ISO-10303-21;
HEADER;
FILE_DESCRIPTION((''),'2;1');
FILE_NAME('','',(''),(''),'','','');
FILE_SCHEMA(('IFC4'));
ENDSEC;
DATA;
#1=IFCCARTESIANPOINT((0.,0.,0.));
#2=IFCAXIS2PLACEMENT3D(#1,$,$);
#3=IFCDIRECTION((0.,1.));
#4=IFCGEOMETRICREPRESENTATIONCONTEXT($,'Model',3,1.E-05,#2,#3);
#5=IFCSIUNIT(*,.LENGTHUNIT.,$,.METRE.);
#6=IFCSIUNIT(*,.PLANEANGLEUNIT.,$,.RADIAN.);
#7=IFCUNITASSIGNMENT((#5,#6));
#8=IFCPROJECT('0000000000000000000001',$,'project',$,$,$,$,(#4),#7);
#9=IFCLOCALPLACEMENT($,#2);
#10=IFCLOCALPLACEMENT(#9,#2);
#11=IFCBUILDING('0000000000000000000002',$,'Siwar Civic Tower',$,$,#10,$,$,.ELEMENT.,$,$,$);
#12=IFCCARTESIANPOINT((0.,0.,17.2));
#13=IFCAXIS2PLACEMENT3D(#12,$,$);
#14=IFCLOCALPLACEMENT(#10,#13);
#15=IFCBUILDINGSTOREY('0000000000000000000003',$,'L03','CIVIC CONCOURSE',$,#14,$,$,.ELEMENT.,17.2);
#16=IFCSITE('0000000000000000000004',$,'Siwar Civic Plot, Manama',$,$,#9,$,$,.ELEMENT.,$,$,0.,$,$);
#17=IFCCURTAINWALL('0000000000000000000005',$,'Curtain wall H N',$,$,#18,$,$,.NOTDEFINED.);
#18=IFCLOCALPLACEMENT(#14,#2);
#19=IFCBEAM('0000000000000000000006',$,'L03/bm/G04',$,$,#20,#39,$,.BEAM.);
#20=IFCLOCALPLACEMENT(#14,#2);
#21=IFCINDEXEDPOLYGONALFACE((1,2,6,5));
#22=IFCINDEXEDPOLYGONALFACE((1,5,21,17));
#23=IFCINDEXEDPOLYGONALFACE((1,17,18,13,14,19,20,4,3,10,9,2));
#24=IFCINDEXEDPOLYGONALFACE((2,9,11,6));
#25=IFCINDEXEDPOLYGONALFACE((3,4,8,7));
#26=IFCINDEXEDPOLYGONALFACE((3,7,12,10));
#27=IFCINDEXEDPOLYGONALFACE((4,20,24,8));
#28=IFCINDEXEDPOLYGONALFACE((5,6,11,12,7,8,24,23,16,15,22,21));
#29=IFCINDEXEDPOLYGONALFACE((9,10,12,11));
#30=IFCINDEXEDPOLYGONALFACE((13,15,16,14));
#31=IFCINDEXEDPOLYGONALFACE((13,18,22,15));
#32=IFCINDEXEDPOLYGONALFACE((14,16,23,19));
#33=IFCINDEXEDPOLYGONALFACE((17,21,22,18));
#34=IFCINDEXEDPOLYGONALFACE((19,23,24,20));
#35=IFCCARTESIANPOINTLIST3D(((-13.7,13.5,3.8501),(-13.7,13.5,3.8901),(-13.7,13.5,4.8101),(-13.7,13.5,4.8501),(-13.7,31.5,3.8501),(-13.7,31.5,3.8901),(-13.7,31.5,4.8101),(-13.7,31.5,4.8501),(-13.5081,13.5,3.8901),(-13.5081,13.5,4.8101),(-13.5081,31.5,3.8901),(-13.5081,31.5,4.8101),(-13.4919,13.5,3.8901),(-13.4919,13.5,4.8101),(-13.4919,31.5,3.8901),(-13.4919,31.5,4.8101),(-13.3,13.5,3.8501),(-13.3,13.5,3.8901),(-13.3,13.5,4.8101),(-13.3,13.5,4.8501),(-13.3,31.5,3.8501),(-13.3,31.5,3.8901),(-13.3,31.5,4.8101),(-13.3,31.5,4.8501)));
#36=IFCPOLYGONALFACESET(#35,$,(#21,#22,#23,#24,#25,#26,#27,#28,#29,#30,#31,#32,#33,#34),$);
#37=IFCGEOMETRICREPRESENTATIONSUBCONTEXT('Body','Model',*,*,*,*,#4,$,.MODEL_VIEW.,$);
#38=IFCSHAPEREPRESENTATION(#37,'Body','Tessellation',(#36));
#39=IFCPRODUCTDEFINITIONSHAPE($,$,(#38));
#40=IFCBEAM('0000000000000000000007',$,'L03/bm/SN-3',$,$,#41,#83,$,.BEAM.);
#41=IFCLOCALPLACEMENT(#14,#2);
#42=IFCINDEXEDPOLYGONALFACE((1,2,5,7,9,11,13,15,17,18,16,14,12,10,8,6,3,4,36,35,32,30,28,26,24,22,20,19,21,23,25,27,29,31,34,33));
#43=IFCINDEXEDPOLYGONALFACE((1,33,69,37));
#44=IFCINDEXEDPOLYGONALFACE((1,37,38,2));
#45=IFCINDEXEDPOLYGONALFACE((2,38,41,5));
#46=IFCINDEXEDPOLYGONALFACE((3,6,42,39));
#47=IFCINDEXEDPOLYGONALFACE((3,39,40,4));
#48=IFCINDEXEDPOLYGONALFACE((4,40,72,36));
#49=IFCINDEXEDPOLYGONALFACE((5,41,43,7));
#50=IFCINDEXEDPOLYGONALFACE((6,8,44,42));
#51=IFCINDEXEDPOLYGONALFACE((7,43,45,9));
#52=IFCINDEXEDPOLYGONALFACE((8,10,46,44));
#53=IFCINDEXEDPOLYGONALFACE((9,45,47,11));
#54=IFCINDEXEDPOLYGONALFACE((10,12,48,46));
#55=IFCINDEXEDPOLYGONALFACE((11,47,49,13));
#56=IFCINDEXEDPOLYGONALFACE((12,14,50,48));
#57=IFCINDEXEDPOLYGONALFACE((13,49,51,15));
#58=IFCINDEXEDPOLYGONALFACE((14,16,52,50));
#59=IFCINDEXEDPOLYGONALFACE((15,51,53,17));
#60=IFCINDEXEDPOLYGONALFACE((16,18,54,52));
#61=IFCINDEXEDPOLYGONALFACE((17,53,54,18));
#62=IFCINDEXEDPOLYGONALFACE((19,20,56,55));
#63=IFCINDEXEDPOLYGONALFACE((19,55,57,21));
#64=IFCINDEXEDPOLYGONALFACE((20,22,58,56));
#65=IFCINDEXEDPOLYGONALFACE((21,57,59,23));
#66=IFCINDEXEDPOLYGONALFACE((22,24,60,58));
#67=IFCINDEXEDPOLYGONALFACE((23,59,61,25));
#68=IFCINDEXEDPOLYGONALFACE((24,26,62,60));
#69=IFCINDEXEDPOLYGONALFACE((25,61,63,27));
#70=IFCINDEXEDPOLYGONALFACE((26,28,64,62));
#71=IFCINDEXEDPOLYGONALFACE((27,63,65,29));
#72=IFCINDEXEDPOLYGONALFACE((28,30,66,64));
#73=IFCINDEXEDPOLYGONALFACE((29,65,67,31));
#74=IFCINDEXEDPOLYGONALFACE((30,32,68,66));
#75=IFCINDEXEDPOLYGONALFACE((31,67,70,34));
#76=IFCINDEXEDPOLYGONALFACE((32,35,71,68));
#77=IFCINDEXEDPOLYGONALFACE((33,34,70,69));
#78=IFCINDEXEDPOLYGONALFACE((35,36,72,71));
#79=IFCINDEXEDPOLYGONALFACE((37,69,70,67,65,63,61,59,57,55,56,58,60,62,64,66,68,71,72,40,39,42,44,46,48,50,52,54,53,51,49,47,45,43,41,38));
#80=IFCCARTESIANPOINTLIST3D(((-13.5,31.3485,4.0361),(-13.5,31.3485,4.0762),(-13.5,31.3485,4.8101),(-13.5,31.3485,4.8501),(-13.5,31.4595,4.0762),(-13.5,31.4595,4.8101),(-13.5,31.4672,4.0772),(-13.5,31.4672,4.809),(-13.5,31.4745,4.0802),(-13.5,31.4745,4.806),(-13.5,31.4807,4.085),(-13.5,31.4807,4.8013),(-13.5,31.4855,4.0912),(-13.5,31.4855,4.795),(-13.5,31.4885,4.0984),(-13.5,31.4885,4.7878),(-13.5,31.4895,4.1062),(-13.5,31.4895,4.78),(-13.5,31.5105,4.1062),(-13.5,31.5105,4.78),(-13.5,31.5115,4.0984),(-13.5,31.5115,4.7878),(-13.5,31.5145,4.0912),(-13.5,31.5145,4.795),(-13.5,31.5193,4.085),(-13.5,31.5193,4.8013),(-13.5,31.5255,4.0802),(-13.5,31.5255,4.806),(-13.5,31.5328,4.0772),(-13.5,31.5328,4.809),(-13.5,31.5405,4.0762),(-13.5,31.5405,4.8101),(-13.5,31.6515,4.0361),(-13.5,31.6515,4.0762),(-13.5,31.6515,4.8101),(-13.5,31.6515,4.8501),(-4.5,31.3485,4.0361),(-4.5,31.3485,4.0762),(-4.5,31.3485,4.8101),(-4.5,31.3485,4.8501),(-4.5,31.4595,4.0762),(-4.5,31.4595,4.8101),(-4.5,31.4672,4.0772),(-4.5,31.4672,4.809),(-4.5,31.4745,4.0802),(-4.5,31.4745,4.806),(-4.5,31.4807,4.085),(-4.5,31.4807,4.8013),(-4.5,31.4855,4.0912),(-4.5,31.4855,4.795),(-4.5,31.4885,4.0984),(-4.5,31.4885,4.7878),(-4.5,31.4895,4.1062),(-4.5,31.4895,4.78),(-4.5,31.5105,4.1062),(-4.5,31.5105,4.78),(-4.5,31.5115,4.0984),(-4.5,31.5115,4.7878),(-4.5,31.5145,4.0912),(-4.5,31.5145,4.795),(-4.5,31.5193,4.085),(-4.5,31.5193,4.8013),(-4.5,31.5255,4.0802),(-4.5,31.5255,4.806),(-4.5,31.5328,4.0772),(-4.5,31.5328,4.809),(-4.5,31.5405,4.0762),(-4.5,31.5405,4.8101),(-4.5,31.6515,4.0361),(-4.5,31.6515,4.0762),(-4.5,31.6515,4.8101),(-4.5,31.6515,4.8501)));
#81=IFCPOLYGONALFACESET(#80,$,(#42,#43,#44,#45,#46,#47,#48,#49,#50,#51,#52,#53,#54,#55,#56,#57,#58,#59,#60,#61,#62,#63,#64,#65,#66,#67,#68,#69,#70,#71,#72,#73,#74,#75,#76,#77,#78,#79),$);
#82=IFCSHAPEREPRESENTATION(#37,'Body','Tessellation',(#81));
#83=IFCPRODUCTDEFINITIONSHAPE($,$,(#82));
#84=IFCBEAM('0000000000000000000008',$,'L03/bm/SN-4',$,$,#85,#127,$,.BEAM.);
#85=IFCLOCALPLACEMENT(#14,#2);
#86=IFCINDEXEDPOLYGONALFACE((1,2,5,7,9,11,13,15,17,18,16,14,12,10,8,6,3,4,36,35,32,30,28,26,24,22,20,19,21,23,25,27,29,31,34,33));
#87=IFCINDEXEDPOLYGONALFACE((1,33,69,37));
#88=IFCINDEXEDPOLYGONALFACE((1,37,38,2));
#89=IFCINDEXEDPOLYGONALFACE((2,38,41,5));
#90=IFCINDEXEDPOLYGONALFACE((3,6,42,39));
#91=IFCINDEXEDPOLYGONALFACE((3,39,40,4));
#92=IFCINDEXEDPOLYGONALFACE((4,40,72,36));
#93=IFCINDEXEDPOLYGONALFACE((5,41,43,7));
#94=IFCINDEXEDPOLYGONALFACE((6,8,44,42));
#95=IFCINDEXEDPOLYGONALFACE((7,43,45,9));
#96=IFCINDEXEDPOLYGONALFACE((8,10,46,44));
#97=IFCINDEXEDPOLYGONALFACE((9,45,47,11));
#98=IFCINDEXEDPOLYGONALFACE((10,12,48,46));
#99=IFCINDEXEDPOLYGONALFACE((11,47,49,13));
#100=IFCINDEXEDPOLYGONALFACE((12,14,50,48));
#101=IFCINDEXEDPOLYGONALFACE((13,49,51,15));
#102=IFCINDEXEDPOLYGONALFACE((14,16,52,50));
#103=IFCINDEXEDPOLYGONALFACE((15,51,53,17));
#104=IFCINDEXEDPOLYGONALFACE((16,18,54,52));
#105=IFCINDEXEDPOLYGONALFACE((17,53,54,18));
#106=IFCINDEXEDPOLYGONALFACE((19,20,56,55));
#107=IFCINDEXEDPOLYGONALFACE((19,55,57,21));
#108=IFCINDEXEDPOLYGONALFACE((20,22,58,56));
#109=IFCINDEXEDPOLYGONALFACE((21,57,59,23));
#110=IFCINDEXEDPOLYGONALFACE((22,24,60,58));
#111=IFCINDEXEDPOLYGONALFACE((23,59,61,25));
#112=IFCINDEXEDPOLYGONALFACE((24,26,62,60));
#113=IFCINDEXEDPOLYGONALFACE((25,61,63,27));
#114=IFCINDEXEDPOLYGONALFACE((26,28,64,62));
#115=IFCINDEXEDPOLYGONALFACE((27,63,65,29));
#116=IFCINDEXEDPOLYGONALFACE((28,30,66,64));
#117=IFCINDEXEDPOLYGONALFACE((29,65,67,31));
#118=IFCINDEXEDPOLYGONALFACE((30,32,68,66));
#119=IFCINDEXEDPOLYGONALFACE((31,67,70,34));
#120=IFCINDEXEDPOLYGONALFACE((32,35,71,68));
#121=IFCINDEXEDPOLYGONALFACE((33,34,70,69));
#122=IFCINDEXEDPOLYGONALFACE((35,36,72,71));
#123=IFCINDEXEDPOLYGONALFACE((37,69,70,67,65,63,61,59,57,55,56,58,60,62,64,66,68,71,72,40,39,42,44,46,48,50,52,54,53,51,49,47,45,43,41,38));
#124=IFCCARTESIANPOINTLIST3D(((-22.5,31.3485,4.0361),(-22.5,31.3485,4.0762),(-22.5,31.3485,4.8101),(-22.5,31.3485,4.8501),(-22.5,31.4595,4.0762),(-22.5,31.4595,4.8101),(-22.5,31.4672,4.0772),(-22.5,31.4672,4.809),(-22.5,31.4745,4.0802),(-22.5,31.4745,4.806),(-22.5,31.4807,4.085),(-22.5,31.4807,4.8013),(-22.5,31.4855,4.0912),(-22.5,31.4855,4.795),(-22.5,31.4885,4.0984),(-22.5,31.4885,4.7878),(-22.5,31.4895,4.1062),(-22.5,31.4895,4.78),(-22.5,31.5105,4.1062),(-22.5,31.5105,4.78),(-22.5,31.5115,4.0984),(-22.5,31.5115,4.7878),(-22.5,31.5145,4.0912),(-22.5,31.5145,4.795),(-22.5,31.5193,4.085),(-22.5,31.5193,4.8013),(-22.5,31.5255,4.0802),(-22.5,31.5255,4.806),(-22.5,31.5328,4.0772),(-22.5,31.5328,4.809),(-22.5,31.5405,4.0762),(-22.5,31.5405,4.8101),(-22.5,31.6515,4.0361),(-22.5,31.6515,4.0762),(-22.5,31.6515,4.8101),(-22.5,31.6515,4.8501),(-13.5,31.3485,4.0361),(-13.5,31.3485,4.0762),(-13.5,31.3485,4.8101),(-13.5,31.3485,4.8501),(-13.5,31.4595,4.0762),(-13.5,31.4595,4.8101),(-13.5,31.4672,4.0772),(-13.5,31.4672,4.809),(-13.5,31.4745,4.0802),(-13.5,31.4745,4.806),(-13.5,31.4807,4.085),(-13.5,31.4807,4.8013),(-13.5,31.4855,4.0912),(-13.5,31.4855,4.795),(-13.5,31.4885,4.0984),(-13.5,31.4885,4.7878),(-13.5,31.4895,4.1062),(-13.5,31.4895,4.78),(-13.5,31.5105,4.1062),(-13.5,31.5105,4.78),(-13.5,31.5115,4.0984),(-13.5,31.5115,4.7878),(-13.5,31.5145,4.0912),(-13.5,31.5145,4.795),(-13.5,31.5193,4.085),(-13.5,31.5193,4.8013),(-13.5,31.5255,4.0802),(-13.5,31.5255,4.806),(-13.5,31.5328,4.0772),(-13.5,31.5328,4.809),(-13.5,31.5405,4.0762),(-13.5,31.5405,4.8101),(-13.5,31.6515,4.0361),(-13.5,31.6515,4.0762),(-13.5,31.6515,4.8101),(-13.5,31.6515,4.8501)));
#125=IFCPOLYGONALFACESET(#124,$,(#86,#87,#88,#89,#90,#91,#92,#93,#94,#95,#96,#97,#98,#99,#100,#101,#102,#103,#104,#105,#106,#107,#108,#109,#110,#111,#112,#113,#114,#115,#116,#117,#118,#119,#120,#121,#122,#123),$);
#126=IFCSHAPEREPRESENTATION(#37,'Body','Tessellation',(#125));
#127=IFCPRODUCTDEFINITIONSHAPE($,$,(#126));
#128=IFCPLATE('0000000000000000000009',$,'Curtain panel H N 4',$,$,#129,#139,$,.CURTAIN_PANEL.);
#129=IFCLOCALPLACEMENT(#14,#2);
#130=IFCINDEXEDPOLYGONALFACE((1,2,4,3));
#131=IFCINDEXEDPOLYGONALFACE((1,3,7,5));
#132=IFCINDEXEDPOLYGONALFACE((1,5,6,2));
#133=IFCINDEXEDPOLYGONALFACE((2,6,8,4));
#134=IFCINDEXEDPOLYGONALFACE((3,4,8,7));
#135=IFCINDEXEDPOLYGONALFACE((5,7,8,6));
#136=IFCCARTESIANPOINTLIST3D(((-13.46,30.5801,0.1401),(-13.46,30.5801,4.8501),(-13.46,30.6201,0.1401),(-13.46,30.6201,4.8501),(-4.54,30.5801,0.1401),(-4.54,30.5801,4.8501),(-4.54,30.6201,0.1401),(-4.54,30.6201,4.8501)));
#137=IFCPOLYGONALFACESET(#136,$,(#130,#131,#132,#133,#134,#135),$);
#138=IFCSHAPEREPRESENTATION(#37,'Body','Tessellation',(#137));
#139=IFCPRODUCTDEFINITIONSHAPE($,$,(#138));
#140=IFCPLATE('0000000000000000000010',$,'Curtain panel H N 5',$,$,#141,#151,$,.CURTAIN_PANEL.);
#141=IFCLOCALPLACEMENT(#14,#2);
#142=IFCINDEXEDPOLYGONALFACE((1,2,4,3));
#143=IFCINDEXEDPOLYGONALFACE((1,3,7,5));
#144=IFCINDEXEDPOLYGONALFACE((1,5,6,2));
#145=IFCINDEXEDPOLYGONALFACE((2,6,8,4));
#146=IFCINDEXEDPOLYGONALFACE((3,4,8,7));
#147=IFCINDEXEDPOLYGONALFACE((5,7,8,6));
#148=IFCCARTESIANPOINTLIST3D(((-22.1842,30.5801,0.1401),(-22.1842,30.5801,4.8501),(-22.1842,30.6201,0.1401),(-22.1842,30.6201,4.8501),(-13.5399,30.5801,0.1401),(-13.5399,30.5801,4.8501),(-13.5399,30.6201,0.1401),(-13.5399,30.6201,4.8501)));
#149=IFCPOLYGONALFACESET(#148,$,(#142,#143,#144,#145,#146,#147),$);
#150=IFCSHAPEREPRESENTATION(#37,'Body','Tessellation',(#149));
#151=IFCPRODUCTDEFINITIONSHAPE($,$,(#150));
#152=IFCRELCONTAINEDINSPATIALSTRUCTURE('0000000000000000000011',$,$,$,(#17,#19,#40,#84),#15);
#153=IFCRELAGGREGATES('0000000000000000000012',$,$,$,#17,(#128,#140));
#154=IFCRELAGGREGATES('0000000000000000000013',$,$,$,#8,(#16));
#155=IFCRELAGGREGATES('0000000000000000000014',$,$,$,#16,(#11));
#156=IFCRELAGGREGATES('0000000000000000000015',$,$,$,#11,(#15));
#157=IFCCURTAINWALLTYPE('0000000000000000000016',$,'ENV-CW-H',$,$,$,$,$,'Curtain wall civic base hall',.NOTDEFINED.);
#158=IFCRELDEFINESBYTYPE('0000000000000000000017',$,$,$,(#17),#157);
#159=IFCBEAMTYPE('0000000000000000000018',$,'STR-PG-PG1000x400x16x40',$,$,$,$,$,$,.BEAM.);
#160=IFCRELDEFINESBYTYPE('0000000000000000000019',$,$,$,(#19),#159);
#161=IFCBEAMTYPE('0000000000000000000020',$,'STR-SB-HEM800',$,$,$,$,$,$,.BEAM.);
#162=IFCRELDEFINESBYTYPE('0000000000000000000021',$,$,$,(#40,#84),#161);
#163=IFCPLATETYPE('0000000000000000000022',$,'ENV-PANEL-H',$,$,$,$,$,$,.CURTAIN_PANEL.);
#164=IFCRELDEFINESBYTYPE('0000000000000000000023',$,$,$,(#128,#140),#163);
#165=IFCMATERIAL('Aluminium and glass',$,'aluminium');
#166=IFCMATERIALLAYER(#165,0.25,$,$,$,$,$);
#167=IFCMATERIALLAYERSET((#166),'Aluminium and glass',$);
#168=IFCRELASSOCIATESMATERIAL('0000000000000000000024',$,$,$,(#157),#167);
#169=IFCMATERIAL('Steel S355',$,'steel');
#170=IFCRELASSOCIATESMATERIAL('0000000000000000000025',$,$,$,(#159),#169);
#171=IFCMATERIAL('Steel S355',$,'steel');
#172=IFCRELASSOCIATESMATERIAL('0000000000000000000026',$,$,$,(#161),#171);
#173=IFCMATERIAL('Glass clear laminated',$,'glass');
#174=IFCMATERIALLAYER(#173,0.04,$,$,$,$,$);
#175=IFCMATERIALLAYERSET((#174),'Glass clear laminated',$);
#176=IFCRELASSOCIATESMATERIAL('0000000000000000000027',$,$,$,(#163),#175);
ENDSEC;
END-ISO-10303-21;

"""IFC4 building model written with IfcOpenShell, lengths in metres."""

from ifc_helpers import new_model, si_unit, direction, frame, origin, origin_2d, place, context, subcontext, project, spatial, rectangle, i_section, extrude, material, layer, layer_set, material_profile, profile_set, type_object, element, aggregate, save


model = new_model("IFC4")

# Units and contexts
model_context = context("Model", 3, precision=1e-05, world=origin(), true_north=direction((0.0, 1.0)))
body_context = subcontext(model_context, "Body", "Model", "MODEL_VIEW")
ifc_project = project(units=[si_unit("LENGTHUNIT", "METRE"), si_unit("PLANEANGLEUNIT", "RADIAN")], contexts=[model_context])

# Site, building, storey
site_placement = place(None, origin())
site = spatial("IfcSite", under=ifc_project, at=site_placement, Name="Siwar Civic Plot, Manama", CompositionType="ELEMENT", RefElevation=0.0)
building_placement = place(site_placement, origin())
building = spatial("IfcBuilding", under=site, at=building_placement, Name="Siwar Civic Tower", CompositionType="ELEMENT")
storey_placement = place(building_placement, frame((0.0, 0.0, 17.2)))
storey = spatial("IfcBuildingStorey", under=building, at=storey_placement, Name="L03", Description="CIVIC CONCOURSE", CompositionType="ELEMENT", Elevation=17.2)

# Curtain wall
ifc_material_1 = material(Name="Aluminium and glass", Category="aluminium")
ifc_layer_1 = layer(ifc_material_1, 0.25)
ifc_layer_set_1 = layer_set([ifc_layer_1], Name="Aluminium and glass")
curtain_wall_type_1 = type_object("IfcCurtainWallType", Name="ENV-CW-H", ElementType="Curtain wall civic base hall", PredefinedType="NOTDEFINED", material=ifc_layer_set_1)
curtain_wall_1_placement = place(storey_placement, origin())
curtain_wall_1 = element("IfcCurtainWall", 1, at=curtain_wall_1_placement, inside=storey, type_object=curtain_wall_type_1, Name="Curtain wall H N", PredefinedType="NOTDEFINED")

# Beams
ifc_material_2 = material(Name="Steel S355", Category="steel")
ifc_material_profile_1 = material_profile(ifc_material_2, i_section(OverallWidth=0.3999, OverallDepth=1.0, WebThickness=0.0161, FlangeThickness=0.04, at=origin_2d()), Name="PG1000x400x16x40")
ifc_profile_set_1 = profile_set([ifc_material_profile_1], Name="Steel S355")
beam_type_1 = type_object("IfcBeamType", Name="STR-PG-PG1000x400x16x40", PredefinedType="BEAM", material=ifc_profile_set_1)
beam_1_placement = place(storey_placement, frame((-13.5, 13.5, 4.3501), z_axis=(0.0, 1.0, 0.0), x_axis=(-1.0, 0.0, 0.0)))
element("IfcBeam", 2, at=beam_1_placement, inside=storey, type_object=beam_type_1, Name="L03/bm/G04", PredefinedType="BEAM", context=body_context, shape_type="SweptSolid", body=[
    extrude(i_section(OverallWidth=0.3999, OverallDepth=1.0, WebThickness=0.0161, FlangeThickness=0.04, at=origin_2d()), origin(), (0.0, 0.0, 1.0), 18.0),
])
ifc_material_3 = material(Name="Steel S355", Category="steel")
ifc_material_profile_2 = material_profile(ifc_material_3, i_section(OverallWidth=0.303, OverallDepth=0.814, WebThickness=0.021, FlangeThickness=0.04, FilletRadius=0.03, at=origin_2d()), Name="HEM800")
ifc_profile_set_2 = profile_set([ifc_material_profile_2], Name="Steel S355")
beam_type_2 = type_object("IfcBeamType", Name="STR-SB-HEM800", PredefinedType="BEAM", material=ifc_profile_set_2)
for number, where, z_axis, x_axis, name in (
    (3, (-4.5, 31.5, 4.4431), (-1.0, 0.0, 0.0), (0.0, -1.0, 0.0), "L03/bm/SN-3"),
    (4, (-13.5, 31.5, 4.4431), (-1.0, 0.0, 0.0), (0.0, -1.0, 0.0), "L03/bm/SN-4"),
):
    element("IfcBeam", number, at=place(storey_placement, frame(where, z_axis=z_axis, x_axis=x_axis)), inside=storey, type_object=beam_type_2, Name=name, PredefinedType="BEAM", context=body_context, shape_type="SweptSolid", body=[
        extrude(i_section(OverallWidth=0.303, OverallDepth=0.814, WebThickness=0.021, FlangeThickness=0.04, FilletRadius=0.03, at=origin_2d()), origin(), (0.0, 0.0, 1.0), 9.0),
    ])

# Plates
ifc_material_4 = material(Name="Glass clear laminated", Category="glass")
ifc_layer_2 = layer(ifc_material_4, 0.04)
ifc_layer_set_2 = layer_set([ifc_layer_2], Name="Glass clear laminated")
plate_type = type_object("IfcPlateType", Name="ENV-PANEL-H", PredefinedType="CURTAIN_PANEL", material=ifc_layer_set_2)
plate_1_placement = place(storey_placement, frame((-9.0, 30.6001, 0.1401), z_axis=(0.0, 0.0, 1.0), x_axis=(-1.0, 0.0, 0.0)))
plate_1 = element("IfcPlate", 5, at=plate_1_placement, type_object=plate_type, Name="Curtain panel H N 4", PredefinedType="CURTAIN_PANEL", context=body_context, shape_type="SweptSolid", body=[
    extrude(rectangle(XDim=8.9199, YDim=0.04, at=origin_2d()), origin(), (0.0, 0.0, 1.0), 4.71),
])
plate_2_placement = place(storey_placement, frame((-17.8621, 30.6001, 0.1401), z_axis=(0.0, 0.0, 1.0), x_axis=(-1.0, 0.0, 0.0)))
plate_2 = element("IfcPlate", 6, at=plate_2_placement, type_object=plate_type, Name="Curtain panel H N 5", PredefinedType="CURTAIN_PANEL", context=body_context, shape_type="SweptSolid", body=[
    extrude(rectangle(XDim=8.6443, YDim=0.04, at=origin_2d()), origin(), (0.0, 0.0, 1.0), 4.71),
])
aggregate(curtain_wall_1, [plate_1, plate_2])

save(model, "model.ifc")
